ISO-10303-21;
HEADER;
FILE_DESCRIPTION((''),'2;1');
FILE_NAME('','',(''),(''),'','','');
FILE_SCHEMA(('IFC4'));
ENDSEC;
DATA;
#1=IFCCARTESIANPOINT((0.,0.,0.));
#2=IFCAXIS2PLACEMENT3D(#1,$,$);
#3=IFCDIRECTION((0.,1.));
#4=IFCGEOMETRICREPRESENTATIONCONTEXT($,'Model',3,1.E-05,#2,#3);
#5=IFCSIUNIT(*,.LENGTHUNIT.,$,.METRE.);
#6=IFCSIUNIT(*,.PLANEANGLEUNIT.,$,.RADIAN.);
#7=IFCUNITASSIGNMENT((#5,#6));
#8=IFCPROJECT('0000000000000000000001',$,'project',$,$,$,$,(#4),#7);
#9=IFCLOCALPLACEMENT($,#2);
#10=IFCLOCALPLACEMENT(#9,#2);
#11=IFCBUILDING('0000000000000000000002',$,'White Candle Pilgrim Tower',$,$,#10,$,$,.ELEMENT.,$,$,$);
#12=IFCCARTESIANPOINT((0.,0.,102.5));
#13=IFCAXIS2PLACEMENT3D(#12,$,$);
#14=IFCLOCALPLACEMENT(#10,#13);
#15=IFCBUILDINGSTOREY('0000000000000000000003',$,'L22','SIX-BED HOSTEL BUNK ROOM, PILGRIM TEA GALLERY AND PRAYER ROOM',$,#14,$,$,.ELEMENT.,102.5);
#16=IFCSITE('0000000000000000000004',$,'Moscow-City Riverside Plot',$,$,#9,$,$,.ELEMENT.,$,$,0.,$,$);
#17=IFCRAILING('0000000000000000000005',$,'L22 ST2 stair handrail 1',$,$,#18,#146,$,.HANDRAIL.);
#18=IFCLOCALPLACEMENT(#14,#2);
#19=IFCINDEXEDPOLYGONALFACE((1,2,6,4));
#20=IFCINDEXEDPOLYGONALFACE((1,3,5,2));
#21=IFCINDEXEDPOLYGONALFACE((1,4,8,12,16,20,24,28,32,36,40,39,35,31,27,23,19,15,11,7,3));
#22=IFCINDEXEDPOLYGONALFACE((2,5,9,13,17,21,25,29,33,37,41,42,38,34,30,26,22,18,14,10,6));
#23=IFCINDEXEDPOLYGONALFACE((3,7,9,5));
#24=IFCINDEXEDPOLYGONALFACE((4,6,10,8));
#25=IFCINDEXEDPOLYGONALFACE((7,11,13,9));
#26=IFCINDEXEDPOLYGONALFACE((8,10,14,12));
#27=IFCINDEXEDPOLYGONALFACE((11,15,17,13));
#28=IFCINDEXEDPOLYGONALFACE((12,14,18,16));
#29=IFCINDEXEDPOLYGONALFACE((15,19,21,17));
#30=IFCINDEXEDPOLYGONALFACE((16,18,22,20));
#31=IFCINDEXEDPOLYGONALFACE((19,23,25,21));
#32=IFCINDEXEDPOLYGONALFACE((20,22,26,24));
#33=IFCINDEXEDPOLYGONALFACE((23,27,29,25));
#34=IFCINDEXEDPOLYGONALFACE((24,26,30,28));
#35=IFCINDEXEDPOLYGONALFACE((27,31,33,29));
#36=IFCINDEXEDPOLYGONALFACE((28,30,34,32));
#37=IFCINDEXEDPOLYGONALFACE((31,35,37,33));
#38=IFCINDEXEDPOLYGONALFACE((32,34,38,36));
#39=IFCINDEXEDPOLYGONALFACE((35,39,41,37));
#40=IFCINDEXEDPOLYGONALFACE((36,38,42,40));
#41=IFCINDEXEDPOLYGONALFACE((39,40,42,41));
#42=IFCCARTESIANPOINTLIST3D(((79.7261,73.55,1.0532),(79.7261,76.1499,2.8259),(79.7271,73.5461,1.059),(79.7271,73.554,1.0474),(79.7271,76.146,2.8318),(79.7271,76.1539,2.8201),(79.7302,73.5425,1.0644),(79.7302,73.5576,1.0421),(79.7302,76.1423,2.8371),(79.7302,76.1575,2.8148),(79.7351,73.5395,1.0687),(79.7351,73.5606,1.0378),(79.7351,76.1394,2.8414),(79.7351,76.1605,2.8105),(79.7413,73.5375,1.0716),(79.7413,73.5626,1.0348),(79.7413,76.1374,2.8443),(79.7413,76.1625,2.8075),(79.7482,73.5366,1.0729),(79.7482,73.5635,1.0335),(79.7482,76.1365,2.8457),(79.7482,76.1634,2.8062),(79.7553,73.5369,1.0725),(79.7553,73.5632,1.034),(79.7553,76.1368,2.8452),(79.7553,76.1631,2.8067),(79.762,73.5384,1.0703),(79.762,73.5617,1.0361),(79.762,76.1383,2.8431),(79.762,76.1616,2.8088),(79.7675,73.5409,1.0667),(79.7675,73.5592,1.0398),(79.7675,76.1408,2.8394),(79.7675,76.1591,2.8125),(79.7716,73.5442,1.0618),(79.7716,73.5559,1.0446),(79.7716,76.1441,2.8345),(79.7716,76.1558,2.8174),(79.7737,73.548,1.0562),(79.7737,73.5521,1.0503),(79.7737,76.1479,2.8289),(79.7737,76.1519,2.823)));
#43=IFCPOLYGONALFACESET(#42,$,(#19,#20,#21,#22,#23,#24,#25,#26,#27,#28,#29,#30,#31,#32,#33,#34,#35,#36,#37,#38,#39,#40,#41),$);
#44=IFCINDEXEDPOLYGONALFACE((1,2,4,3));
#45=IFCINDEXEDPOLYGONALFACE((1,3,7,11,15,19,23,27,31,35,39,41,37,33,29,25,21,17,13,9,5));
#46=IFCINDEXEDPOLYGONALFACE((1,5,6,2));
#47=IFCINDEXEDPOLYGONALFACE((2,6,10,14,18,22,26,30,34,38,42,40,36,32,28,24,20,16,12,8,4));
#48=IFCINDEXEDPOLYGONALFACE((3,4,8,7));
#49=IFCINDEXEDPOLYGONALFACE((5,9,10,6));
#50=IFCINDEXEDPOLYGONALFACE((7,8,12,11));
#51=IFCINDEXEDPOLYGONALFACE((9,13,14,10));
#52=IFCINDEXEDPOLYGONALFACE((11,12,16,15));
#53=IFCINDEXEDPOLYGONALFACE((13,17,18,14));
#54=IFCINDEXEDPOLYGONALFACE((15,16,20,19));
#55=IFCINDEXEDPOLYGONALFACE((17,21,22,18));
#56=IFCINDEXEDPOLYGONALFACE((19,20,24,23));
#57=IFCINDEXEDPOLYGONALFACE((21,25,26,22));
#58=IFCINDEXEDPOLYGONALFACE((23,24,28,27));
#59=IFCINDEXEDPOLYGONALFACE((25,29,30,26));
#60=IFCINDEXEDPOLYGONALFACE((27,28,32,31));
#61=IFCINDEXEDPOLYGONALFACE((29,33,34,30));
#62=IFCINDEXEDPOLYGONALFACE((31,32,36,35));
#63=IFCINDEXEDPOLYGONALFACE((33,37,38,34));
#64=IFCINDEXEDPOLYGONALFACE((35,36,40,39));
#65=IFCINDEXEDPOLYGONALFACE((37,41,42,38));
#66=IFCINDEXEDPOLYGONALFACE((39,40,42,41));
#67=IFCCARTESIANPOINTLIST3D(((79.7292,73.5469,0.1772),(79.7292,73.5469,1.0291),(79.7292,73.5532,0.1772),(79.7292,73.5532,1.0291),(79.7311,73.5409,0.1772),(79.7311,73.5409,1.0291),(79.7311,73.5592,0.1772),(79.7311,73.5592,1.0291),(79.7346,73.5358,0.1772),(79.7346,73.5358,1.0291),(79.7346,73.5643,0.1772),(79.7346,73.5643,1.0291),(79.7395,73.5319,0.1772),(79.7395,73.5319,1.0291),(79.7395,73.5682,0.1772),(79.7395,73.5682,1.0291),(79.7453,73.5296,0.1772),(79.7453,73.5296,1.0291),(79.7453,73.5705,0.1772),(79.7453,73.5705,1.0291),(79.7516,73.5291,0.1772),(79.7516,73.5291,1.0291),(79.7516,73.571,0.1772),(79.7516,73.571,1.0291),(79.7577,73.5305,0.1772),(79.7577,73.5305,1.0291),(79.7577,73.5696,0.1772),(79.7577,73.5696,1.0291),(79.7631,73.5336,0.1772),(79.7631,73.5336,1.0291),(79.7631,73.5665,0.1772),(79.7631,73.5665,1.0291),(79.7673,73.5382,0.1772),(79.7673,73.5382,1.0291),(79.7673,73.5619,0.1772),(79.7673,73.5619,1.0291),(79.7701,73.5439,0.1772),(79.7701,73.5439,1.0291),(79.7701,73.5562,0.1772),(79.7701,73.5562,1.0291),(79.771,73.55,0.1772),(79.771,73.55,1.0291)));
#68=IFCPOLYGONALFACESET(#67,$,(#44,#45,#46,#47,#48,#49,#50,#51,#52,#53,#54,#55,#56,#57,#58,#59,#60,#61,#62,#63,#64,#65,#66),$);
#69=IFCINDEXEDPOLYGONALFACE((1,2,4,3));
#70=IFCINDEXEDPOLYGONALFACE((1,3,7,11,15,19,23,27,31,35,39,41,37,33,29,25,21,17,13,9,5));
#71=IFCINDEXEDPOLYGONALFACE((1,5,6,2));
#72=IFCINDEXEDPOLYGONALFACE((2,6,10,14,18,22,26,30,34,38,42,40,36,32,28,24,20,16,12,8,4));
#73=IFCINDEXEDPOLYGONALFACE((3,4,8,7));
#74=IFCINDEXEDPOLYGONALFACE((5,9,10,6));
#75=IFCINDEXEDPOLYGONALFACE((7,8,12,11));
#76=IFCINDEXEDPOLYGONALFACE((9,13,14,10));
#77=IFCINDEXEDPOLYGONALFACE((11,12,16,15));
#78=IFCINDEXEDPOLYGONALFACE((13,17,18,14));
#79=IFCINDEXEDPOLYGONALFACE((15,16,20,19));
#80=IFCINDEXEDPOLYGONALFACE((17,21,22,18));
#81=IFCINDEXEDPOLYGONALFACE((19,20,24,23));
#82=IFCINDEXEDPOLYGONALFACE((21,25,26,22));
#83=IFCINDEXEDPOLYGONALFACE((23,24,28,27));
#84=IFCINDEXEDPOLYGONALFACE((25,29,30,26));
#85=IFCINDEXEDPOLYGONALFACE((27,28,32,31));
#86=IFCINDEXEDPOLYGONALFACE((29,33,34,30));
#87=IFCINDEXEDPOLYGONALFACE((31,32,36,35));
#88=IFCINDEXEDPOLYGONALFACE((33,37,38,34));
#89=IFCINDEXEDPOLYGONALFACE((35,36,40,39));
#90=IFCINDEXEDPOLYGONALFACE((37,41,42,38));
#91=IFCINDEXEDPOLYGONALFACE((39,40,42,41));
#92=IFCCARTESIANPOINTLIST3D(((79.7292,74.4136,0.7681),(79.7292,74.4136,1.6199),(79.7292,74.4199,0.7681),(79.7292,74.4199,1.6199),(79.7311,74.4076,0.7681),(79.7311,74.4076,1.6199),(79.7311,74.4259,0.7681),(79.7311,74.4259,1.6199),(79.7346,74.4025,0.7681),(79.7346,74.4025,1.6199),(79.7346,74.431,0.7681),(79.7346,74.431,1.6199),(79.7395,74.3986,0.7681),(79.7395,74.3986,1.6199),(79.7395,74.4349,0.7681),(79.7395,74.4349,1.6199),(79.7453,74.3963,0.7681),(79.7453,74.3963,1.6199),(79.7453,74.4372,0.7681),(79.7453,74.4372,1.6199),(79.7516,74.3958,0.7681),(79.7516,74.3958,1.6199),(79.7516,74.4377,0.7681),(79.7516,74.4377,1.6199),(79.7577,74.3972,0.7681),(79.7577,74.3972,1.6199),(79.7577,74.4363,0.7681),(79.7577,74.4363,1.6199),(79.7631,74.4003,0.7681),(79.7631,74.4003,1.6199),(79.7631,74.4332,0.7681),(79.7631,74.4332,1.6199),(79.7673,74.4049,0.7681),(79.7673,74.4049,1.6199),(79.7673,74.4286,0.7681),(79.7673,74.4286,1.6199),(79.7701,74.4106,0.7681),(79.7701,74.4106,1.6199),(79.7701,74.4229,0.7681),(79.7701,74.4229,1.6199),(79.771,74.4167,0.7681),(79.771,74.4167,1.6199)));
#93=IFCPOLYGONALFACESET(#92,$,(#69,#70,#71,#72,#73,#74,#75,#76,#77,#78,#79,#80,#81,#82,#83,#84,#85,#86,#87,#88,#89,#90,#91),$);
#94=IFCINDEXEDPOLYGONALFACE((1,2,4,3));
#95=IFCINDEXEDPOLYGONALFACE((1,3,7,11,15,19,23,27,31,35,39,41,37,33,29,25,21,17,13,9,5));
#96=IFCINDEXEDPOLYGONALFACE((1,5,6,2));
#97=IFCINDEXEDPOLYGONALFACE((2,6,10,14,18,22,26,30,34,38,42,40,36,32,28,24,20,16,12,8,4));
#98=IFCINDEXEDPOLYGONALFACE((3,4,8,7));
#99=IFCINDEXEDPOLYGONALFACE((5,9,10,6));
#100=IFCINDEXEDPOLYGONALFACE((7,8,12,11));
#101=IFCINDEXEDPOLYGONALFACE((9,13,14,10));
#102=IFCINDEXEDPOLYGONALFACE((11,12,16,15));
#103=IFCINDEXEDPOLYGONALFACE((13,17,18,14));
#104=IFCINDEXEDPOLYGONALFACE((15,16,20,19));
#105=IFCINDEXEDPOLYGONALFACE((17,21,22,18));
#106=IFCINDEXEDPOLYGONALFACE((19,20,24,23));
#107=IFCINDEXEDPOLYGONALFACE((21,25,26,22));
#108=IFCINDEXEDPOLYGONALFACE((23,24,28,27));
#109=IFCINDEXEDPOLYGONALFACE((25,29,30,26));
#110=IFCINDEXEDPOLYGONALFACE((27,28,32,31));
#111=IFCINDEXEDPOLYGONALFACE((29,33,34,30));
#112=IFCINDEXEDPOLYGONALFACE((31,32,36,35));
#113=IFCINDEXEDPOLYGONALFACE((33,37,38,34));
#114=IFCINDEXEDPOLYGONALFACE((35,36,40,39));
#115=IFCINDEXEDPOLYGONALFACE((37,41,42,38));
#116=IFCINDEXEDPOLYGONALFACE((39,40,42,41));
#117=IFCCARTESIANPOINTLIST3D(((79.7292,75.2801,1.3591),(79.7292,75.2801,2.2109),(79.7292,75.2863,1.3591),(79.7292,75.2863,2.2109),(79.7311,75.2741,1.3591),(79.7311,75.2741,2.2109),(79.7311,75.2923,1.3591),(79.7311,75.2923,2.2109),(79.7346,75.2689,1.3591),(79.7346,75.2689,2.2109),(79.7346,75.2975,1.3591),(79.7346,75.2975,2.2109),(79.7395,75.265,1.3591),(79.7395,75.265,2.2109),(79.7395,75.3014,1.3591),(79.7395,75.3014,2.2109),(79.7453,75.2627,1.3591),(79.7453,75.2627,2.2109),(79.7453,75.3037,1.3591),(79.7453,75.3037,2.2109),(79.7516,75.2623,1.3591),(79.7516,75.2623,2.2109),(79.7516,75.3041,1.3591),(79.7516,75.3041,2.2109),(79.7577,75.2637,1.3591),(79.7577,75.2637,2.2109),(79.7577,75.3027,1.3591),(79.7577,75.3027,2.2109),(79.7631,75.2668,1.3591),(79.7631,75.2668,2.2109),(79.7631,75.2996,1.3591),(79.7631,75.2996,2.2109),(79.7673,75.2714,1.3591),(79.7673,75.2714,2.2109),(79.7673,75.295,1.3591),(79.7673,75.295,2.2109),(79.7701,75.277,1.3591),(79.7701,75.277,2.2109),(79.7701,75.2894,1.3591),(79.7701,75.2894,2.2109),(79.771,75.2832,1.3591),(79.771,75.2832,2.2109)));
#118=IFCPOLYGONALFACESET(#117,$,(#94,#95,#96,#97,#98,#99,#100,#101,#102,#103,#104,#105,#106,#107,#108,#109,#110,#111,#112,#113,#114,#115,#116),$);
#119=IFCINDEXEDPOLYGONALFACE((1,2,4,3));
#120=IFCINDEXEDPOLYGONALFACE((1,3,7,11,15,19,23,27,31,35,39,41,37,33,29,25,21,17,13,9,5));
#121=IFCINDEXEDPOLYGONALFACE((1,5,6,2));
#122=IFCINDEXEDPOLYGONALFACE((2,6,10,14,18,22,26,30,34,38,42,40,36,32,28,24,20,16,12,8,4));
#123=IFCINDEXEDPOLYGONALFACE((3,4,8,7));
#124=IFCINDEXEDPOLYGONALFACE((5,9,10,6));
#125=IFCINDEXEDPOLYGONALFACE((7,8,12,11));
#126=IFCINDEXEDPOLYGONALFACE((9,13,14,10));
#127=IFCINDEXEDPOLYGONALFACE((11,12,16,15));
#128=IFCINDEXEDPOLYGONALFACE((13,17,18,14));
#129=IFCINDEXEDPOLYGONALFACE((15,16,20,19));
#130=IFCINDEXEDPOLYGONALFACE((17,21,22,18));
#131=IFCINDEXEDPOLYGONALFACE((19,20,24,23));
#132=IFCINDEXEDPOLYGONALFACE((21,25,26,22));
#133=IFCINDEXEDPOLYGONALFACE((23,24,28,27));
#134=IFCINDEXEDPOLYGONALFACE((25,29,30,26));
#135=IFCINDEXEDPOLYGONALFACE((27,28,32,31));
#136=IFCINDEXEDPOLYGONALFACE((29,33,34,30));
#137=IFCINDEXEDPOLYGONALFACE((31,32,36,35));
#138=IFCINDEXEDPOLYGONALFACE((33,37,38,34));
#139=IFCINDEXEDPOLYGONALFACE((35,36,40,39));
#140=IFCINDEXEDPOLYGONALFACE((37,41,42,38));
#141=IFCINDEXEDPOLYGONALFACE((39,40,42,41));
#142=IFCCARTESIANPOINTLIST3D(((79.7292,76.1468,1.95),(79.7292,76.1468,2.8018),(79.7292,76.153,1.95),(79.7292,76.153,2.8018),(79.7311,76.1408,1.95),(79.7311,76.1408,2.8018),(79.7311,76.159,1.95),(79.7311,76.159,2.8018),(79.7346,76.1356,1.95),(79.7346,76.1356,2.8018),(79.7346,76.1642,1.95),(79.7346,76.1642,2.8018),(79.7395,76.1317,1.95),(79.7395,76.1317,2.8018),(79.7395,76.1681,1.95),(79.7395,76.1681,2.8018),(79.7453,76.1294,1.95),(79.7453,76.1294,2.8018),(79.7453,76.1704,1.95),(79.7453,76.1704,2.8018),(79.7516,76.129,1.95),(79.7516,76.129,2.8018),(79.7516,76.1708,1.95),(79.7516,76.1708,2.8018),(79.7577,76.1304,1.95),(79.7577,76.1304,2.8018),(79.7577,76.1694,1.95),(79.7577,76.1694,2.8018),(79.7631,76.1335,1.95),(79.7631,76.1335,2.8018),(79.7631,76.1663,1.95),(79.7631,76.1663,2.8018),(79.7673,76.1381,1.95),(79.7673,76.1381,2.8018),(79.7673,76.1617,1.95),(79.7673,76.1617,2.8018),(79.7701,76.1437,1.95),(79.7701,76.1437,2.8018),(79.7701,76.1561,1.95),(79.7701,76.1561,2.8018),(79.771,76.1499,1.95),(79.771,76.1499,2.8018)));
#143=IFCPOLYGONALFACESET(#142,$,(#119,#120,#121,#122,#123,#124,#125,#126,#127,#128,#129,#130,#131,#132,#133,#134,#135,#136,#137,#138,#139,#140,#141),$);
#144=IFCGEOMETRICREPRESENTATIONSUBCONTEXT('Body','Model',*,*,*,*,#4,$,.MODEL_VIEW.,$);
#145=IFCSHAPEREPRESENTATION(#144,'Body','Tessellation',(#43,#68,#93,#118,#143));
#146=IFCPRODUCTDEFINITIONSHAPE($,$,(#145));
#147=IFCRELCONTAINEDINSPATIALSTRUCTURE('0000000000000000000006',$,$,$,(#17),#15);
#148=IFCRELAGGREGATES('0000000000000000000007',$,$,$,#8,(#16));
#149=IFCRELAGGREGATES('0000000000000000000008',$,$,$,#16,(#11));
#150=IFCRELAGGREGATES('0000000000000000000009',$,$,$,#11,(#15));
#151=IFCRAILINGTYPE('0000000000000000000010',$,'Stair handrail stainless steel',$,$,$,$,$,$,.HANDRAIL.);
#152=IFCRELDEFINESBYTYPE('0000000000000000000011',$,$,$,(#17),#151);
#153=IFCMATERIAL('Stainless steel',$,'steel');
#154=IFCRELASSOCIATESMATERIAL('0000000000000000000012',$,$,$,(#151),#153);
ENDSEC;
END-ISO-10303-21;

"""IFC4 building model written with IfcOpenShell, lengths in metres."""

from ifc_helpers import new_model, si_unit, direction, frame, origin, origin_2d, place, context, subcontext, project, spatial, circle, extrude, material, type_object, element, save


model = new_model("IFC4")

# Units and contexts
model_context = context("Model", 3, precision=1e-05, world=origin(), true_north=direction((0.0, 1.0)))
body_context = subcontext(model_context, "Body", "Model", "MODEL_VIEW")
ifc_project = project(units=[si_unit("LENGTHUNIT", "METRE"), si_unit("PLANEANGLEUNIT", "RADIAN")], contexts=[model_context])

# Site, building, storey
site_placement = place(None, origin())
site = spatial("IfcSite", under=ifc_project, at=site_placement, Name="Moscow-City Riverside Plot", CompositionType="ELEMENT", RefElevation=0.0)
building_placement = place(site_placement, origin())
building = spatial("IfcBuilding", under=site, at=building_placement, Name="White Candle Pilgrim Tower", CompositionType="ELEMENT")
storey_placement = place(building_placement, frame((0.0, 0.0, 102.5)))
storey = spatial("IfcBuildingStorey", under=building, at=storey_placement, Name="L22", Description="SIX-BED HOSTEL BUNK ROOM, PILGRIM TEA GALLERY AND PRAYER ROOM", CompositionType="ELEMENT", Elevation=102.5)

# Railing
ifc_material_1 = material(Name="Stainless steel", Category="steel")
railing_type_1 = type_object("IfcRailingType", Name="Stair handrail stainless steel", PredefinedType="HANDRAIL", material=ifc_material_1)
railing_1_placement = place(storey_placement, frame((79.75, 73.55, 0.1772)))
element("IfcRailing", 1, at=railing_1_placement, inside=storey, type_object=railing_type_1, Name="L22 ST2 stair handrail 1", PredefinedType="HANDRAIL", context=body_context, shape_type="SweptSolid", body=[
    extrude(circle(Radius=0.0239, at=origin_2d()), frame((0.0, 0.0, 0.876), z_axis=(0.0, 0.826216, 0.563354), x_axis=(-1.0, 0.0, 0.0)), (0.0, 0.0, 1.0), 3.1467),
    extrude(circle(Radius=0.021, at=origin_2d()), origin(), (0.0, 0.0, 1.0), 0.8518),
    extrude(circle(Radius=0.021, at=origin_2d()), frame((0.0, 0.8667, 0.5908)), (0.0, 0.0, 1.0), 0.8518),
    extrude(circle(Radius=0.021, at=origin_2d()), frame((0.0, 1.7332, 1.1819)), (0.0, 0.0, 1.0), 0.8518),
    extrude(circle(Radius=0.021, at=origin_2d()), frame((0.0, 2.5999, 1.7727)), (0.0, 0.0, 1.0), 0.8518),
])

save(model, "model.ifc")
